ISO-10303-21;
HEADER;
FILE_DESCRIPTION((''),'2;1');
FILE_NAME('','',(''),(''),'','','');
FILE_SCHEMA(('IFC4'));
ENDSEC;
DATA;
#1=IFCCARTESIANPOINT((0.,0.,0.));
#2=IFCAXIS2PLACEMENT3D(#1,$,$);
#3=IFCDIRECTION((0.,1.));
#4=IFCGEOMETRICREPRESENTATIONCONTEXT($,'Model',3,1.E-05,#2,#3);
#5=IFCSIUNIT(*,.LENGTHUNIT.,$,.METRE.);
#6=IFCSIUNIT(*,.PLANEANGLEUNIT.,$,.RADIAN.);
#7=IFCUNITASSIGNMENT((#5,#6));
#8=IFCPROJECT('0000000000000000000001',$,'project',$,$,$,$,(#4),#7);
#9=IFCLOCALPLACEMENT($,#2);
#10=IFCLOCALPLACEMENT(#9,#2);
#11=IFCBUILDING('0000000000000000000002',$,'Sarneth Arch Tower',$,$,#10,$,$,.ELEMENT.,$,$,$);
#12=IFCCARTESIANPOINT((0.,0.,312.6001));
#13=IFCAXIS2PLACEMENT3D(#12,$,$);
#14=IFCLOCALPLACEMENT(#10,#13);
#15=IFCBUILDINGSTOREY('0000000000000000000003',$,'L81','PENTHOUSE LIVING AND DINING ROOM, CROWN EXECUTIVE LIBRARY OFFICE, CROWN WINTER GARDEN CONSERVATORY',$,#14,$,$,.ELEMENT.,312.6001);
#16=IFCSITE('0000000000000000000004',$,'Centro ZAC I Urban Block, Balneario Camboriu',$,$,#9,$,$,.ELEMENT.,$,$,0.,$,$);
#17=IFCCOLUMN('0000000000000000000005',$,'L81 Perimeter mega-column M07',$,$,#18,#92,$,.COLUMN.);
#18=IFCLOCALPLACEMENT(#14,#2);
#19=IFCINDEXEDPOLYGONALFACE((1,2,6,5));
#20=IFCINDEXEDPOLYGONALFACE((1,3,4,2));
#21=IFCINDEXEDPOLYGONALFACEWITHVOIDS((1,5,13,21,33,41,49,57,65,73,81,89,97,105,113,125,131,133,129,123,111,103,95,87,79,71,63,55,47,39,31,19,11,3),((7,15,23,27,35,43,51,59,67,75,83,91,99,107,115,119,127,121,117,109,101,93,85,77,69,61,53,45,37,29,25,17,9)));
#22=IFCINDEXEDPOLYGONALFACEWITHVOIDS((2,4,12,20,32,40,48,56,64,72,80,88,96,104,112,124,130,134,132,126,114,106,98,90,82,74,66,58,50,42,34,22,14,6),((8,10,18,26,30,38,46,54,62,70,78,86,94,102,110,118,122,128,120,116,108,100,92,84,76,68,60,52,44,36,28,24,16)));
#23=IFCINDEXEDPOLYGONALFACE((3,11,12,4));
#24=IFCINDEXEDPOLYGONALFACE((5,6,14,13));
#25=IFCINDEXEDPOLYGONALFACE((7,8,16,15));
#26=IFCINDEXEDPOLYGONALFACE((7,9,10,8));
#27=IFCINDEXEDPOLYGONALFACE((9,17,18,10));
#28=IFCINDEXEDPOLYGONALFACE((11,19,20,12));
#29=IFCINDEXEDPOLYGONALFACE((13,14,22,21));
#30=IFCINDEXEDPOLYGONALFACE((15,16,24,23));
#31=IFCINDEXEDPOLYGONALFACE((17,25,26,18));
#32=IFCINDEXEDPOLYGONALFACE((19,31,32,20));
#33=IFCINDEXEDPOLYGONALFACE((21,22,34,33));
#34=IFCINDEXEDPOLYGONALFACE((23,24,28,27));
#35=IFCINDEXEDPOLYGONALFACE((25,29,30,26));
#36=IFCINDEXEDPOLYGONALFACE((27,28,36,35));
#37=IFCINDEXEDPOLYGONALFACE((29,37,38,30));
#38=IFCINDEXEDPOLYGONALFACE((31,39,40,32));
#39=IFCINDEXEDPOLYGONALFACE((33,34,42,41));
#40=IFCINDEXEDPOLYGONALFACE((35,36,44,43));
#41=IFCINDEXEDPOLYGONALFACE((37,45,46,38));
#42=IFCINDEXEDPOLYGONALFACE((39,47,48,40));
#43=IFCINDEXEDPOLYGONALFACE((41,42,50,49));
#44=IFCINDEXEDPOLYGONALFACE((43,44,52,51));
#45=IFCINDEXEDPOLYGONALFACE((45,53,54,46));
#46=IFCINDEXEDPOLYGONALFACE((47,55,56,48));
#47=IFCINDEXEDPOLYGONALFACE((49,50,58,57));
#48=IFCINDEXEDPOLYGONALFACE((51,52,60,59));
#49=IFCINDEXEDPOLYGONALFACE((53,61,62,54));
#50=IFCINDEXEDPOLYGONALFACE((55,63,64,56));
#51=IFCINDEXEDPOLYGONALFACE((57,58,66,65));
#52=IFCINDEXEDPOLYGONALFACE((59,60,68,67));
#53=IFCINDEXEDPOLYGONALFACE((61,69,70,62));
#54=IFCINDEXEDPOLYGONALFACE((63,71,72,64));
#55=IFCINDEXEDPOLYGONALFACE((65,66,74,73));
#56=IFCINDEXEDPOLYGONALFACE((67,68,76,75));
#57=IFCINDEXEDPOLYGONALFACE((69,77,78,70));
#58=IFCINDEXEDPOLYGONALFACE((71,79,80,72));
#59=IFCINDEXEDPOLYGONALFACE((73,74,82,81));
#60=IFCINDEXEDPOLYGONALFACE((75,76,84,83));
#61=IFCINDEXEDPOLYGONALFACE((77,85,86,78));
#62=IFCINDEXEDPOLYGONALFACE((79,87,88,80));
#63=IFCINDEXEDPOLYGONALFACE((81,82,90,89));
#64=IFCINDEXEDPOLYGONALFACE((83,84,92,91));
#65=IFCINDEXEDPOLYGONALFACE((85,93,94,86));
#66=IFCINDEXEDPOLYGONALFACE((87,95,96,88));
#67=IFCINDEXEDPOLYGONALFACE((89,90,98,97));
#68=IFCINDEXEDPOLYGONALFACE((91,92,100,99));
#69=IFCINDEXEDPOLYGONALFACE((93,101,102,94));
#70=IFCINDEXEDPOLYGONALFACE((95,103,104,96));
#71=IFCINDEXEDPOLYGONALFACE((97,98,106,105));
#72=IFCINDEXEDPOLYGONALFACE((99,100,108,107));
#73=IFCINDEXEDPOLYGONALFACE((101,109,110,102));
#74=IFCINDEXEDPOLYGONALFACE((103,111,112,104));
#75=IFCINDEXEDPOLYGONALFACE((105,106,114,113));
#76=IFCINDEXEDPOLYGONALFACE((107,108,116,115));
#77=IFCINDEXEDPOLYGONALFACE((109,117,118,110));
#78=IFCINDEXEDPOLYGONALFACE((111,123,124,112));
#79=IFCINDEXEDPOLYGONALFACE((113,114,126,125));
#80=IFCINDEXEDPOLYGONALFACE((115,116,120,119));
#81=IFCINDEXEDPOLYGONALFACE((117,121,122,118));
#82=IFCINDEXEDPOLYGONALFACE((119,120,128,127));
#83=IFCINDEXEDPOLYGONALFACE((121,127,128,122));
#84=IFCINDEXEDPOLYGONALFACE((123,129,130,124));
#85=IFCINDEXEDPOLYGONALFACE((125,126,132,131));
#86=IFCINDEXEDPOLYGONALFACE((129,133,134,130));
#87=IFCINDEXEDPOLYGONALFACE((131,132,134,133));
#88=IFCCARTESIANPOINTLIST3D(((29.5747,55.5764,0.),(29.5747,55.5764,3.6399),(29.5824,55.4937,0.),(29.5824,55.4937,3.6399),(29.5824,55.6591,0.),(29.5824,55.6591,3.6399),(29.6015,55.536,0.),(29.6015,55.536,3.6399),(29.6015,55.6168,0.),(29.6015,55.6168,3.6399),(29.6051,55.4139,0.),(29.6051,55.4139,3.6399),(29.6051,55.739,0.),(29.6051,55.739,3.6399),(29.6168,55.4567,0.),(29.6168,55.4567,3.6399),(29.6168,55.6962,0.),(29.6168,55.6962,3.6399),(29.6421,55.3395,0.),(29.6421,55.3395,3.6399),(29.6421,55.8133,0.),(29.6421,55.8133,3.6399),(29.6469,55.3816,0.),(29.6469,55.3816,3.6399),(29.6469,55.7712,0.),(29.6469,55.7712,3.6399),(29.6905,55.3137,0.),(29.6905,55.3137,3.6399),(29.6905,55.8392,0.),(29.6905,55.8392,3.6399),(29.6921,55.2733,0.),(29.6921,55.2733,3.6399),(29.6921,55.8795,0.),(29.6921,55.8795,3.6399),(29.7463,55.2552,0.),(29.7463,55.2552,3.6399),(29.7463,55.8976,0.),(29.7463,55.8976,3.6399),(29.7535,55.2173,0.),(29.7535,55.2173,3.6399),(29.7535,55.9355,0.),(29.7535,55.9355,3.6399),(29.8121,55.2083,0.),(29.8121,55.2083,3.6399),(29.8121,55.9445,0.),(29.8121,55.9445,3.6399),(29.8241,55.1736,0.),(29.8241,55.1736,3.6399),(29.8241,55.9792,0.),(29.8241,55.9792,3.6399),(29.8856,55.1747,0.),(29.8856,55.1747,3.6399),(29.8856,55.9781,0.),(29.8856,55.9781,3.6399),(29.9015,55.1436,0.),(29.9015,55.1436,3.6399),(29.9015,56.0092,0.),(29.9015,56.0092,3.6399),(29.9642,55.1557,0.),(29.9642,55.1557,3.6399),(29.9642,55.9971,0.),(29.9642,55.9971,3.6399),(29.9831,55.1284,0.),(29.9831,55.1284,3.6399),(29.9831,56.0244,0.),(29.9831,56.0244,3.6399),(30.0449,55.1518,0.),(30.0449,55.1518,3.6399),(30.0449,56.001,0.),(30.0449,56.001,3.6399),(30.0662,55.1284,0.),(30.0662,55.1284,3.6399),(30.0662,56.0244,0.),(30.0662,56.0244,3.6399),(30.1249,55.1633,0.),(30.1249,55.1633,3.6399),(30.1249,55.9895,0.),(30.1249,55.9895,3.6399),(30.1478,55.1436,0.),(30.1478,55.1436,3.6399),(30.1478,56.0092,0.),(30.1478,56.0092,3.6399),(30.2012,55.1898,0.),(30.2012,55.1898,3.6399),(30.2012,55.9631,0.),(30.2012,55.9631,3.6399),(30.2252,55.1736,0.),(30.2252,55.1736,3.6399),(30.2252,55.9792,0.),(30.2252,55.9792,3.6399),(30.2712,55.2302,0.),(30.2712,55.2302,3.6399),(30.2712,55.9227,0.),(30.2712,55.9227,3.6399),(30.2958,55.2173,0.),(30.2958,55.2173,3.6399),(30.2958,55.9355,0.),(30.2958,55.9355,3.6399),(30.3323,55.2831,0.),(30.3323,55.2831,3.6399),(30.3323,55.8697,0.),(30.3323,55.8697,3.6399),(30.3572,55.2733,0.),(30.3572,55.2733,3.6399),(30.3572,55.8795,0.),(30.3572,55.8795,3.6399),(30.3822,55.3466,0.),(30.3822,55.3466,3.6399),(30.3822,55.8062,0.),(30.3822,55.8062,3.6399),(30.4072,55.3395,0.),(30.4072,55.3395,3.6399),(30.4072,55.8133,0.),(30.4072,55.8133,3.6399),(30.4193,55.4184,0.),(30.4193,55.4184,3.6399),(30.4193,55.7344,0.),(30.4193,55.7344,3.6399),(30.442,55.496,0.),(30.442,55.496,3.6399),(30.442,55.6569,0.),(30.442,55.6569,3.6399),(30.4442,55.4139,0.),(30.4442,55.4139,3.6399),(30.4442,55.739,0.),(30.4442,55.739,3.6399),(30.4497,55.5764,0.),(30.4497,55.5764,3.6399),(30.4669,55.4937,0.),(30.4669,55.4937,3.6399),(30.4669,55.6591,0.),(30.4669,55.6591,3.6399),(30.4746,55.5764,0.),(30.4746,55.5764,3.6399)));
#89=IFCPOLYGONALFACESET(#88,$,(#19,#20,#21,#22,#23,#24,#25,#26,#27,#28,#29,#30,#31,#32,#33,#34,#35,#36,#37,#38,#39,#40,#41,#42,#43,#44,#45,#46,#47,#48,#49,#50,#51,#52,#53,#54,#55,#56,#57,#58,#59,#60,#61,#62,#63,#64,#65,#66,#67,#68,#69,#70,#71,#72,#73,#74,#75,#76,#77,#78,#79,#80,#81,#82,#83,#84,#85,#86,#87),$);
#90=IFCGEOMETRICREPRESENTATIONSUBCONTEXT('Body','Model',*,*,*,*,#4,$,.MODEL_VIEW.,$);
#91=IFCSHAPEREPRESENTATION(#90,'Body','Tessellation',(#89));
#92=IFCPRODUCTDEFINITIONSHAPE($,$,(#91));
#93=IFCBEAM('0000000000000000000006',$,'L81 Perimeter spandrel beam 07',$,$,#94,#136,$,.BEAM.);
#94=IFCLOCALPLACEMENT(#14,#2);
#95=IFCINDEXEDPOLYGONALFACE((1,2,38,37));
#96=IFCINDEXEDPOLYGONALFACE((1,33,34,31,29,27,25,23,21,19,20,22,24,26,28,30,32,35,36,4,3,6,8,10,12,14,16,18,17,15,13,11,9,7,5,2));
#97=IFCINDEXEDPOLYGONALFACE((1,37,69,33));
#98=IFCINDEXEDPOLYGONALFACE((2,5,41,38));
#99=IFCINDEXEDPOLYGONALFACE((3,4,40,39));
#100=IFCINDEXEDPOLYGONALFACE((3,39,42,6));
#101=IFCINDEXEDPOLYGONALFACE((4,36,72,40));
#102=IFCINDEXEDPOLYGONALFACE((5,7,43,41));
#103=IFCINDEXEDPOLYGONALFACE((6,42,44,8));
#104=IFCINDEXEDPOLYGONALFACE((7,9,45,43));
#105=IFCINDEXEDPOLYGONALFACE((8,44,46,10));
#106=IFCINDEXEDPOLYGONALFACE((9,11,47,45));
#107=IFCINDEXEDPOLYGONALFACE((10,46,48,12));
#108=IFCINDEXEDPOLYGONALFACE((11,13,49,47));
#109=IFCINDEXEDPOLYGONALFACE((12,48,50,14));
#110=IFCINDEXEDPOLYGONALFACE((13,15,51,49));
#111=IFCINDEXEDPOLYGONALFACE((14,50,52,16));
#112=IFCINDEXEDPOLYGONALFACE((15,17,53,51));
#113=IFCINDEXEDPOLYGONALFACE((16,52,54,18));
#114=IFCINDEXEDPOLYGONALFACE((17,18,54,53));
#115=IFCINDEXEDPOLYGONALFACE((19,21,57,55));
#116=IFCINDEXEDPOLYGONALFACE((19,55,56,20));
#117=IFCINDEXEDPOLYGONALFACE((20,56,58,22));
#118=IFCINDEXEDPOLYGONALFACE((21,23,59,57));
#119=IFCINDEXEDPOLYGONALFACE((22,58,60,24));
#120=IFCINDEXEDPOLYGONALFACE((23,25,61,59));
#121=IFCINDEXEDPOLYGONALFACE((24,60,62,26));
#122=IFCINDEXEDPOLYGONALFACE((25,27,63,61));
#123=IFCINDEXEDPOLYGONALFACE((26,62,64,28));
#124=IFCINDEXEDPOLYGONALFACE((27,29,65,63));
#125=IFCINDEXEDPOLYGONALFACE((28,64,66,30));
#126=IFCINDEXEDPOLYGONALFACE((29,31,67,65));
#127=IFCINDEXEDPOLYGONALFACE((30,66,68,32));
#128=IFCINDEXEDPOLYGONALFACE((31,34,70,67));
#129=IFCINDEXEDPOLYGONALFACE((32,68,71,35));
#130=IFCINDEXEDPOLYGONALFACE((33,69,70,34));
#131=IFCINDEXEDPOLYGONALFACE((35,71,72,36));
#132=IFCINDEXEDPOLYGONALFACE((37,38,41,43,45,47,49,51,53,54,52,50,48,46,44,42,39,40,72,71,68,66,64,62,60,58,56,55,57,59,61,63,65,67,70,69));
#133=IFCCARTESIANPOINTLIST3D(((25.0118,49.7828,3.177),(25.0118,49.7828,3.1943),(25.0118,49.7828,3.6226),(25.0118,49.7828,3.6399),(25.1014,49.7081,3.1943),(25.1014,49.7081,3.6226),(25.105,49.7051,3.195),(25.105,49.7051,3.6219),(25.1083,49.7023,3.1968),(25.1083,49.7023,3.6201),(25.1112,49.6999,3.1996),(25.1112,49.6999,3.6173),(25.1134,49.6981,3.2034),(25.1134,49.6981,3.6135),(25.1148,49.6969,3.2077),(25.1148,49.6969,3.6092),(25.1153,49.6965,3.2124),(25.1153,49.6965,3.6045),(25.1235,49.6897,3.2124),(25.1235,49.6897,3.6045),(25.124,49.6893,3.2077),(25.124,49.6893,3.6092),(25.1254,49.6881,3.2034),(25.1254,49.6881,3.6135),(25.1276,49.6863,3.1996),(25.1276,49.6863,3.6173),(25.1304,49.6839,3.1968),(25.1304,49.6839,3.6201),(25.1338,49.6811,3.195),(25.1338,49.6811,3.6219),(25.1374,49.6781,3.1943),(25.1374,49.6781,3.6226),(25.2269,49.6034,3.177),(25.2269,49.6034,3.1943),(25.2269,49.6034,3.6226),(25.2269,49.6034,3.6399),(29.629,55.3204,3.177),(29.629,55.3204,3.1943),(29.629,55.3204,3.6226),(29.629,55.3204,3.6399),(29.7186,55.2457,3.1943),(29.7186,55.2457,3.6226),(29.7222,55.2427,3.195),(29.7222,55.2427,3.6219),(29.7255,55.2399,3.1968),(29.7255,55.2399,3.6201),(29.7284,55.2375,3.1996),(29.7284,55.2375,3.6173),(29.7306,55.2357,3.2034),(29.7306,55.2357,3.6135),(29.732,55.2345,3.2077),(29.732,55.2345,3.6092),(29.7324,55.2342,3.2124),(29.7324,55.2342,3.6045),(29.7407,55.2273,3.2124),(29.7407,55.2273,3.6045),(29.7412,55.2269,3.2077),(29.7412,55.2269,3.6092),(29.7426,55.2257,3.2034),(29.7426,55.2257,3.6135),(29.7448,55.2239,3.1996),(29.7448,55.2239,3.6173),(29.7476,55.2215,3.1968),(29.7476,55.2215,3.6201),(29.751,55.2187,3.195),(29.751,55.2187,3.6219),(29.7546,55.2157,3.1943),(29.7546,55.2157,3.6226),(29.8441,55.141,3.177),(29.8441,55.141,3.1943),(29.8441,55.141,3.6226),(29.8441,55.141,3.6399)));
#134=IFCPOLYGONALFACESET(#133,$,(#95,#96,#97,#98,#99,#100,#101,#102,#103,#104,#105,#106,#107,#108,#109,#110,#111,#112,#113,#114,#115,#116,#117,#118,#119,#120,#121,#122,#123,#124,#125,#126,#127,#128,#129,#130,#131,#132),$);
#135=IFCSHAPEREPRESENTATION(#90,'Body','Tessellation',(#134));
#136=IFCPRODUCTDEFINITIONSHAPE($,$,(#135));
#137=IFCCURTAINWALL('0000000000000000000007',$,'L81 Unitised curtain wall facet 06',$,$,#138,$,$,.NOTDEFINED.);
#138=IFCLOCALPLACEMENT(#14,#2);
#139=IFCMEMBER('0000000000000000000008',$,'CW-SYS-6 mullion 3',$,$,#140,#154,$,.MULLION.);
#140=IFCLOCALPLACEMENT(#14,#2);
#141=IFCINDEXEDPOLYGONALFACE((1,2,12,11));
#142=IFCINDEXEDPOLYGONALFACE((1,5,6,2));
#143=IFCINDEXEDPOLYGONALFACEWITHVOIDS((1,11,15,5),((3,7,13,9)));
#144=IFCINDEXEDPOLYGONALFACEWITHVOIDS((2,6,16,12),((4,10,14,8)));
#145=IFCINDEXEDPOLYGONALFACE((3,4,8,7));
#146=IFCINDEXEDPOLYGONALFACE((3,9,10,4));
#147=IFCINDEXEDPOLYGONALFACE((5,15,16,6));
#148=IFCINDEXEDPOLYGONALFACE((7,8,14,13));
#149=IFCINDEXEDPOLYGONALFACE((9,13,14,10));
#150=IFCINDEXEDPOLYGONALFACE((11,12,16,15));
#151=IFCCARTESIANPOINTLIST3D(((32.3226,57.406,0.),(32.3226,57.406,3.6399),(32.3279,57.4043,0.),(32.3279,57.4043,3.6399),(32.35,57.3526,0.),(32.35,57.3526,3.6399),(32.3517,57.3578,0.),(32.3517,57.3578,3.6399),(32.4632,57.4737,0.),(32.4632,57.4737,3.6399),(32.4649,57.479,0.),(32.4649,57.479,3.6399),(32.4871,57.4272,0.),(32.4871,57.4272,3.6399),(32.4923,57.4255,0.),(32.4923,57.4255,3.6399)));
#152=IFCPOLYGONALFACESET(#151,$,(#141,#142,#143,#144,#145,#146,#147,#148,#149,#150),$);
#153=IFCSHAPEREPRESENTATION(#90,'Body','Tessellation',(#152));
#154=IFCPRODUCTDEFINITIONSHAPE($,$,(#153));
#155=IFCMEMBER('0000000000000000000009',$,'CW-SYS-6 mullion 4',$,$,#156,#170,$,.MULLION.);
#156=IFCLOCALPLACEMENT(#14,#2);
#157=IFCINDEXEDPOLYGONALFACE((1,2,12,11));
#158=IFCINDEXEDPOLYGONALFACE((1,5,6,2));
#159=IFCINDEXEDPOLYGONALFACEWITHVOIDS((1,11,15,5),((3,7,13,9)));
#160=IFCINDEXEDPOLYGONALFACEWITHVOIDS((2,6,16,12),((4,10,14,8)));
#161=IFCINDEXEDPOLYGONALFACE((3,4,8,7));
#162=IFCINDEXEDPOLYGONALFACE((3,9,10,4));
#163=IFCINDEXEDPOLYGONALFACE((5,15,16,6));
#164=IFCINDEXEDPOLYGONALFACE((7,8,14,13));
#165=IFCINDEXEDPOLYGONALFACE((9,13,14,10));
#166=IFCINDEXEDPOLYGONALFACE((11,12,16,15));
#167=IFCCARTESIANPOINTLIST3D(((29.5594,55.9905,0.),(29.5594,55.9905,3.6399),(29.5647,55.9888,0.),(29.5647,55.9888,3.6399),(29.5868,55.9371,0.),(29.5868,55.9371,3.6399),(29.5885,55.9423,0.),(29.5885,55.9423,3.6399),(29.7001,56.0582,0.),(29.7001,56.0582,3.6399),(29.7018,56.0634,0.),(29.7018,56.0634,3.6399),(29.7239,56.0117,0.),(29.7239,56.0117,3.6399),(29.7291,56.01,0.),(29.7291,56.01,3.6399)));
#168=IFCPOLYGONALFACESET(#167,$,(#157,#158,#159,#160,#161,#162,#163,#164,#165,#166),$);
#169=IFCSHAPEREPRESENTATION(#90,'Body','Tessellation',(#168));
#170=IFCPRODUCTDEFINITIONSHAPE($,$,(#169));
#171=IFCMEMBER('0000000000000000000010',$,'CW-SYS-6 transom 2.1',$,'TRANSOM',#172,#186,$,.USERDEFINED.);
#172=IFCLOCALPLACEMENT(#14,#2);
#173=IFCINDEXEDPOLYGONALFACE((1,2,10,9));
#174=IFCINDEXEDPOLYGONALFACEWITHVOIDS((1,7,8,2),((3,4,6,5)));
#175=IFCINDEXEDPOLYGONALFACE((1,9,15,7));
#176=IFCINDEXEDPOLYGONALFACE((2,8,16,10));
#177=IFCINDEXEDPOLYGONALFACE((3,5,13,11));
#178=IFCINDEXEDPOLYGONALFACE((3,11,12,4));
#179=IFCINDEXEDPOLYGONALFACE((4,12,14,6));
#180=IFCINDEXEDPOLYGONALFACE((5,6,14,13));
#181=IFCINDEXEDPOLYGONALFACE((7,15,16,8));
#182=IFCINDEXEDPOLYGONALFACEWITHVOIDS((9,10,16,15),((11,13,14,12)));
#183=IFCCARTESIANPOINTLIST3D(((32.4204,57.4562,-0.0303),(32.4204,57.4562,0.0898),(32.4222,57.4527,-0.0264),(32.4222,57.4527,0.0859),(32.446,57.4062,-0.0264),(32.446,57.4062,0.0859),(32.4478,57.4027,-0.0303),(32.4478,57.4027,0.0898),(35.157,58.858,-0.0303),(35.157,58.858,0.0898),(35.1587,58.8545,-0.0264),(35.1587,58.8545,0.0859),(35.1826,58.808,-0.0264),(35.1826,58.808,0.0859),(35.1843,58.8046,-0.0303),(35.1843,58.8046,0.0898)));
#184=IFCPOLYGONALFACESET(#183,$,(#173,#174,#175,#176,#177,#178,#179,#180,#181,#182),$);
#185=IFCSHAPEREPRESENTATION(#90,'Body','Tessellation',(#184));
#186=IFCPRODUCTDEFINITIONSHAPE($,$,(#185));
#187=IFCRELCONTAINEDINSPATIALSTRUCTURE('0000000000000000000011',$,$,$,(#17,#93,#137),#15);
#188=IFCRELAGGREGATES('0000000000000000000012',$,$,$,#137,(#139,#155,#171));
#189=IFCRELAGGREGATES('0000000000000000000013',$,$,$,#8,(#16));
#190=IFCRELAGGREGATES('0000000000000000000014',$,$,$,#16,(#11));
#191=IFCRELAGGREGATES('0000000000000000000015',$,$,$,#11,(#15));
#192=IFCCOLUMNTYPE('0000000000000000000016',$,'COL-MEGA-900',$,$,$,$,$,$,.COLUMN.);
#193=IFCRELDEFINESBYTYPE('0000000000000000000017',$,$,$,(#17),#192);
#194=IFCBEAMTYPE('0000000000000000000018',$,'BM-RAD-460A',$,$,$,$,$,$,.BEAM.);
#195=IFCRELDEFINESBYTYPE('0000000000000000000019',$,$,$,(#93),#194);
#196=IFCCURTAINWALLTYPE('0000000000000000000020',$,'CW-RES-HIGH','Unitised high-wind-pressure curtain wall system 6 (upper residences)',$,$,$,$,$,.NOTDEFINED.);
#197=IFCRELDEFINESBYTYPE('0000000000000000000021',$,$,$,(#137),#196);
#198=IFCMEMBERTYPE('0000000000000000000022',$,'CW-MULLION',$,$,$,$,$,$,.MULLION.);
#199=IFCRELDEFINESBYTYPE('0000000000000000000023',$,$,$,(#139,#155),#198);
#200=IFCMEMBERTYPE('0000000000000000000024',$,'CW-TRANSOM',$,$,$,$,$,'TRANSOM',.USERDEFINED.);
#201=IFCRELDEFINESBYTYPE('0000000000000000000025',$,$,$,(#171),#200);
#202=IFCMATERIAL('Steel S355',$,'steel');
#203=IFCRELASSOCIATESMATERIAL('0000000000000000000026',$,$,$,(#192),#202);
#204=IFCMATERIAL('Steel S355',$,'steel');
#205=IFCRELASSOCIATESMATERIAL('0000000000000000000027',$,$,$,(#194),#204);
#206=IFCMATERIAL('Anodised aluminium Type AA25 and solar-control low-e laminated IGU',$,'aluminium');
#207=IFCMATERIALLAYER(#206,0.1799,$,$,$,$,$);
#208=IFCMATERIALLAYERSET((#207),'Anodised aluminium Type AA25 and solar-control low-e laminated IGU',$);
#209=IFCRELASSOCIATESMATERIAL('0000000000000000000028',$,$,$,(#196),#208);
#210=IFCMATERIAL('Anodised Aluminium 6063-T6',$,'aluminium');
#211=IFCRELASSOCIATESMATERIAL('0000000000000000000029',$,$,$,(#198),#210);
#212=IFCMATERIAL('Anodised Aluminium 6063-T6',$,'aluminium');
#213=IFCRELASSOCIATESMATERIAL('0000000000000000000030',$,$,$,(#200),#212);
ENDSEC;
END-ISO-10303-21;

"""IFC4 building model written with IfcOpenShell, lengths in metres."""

from ifc_helpers import new_model, si_unit, direction, frame, origin, origin_2d, place, context, subcontext, project, spatial, hollow_rectangle, hollow_circle, i_section, extrude, material, layer, layer_set, material_profile, profile_set, type_object, element, aggregate, save


model = new_model("IFC4")

# Units and contexts
model_context = context("Model", 3, precision=1e-05, world=origin(), true_north=direction((0.0, 1.0)))
body_context = subcontext(model_context, "Body", "Model", "MODEL_VIEW")
ifc_project = project(units=[si_unit("LENGTHUNIT", "METRE"), si_unit("PLANEANGLEUNIT", "RADIAN")], contexts=[model_context])

# Site, building, storey
site_placement = place(None, origin())
site = spatial("IfcSite", under=ifc_project, at=site_placement, Name="Centro ZAC I Urban Block, Balneario Camboriu", CompositionType="ELEMENT", RefElevation=0.0)
building_placement = place(site_placement, origin())
building = spatial("IfcBuilding", under=site, at=building_placement, Name="Sarneth Arch Tower", CompositionType="ELEMENT")
storey_placement = place(building_placement, frame((0.0, 0.0, 312.6001)))
storey = spatial("IfcBuildingStorey", under=building, at=storey_placement, Name="L81", Description="PENTHOUSE LIVING AND DINING ROOM, CROWN EXECUTIVE LIBRARY OFFICE, CROWN WINTER GARDEN CONSERVATORY", CompositionType="ELEMENT", Elevation=312.6001)

# Column
ifc_material_1 = material(Name="Steel S355", Category="steel")
ifc_material_profile_1 = material_profile(ifc_material_1, hollow_circle(Radius=0.45, WallThickness=0.0249, at=origin_2d()), Name="CHS900x25")
ifc_profile_set_1 = profile_set([ifc_material_profile_1], Name="Steel S355")
column_type = type_object("IfcColumnType", Name="COL-MEGA-900", PredefinedType="COLUMN", material=ifc_profile_set_1)
column_placement = place(storey_placement, frame((30.0247, 55.5764, 0.0), z_axis=(0.0, 0.0, 1.0), x_axis=(1.0, 0.0, 0.0)))
element("IfcColumn", 1, at=column_placement, inside=storey, type_object=column_type, Name="L81 Perimeter mega-column M07", PredefinedType="COLUMN", context=body_context, shape_type="SweptSolid", body=[
    extrude(hollow_circle(Radius=0.45, WallThickness=0.0249, at=origin_2d()), origin(), (0.0, 0.0, 1.0), 3.6399),
])

# Beam
ifc_material_2 = material(Name="Steel S355", Category="steel")
ifc_material_profile_2 = material_profile(ifc_material_2, i_section(OverallWidth=0.28, OverallDepth=0.4629, WebThickness=0.0107, FlangeThickness=0.0173, FilletRadius=0.0181, at=origin_2d()), Name="W460x113")
ifc_profile_set_2 = profile_set([ifc_material_profile_2], Name="Steel S355")
beam_type = type_object("IfcBeamType", Name="BM-RAD-460A", PredefinedType="BEAM", material=ifc_profile_set_2)
beam_placement = place(storey_placement, frame((29.7366, 55.2307, 3.4084), z_axis=(-0.640391, -0.768049, 0.0), x_axis=(0.768049, -0.640391, 0.0)))
element("IfcBeam", 2, at=beam_placement, inside=storey, type_object=beam_type, Name="L81 Perimeter spandrel beam 07", PredefinedType="BEAM", context=body_context, shape_type="SweptSolid", body=[
    extrude(i_section(OverallWidth=0.28, OverallDepth=0.4629, WebThickness=0.0107, FlangeThickness=0.0173, FilletRadius=0.0181, at=origin_2d()), origin(), (0.0, 0.0, 1.0), 7.21),
])

# Curtain wall, members
ifc_material_3 = material(Name="Anodised aluminium Type AA25 and solar-control low-e laminated IGU", Category="aluminium")
ifc_layer_1 = layer(ifc_material_3, 0.1799)
ifc_layer_set_1 = layer_set([ifc_layer_1], Name="Anodised aluminium Type AA25 and solar-control low-e laminated IGU")
curtain_wall_type = type_object("IfcCurtainWallType", Name="CW-RES-HIGH", Description="Unitised high-wind-pressure curtain wall system 6 (upper residences)", PredefinedType="NOTDEFINED", material=ifc_layer_set_1)
curtain_wall_placement = place(storey_placement, origin())
curtain_wall = element("IfcCurtainWall", 3, at=curtain_wall_placement, inside=storey, type_object=curtain_wall_type, Name="L81 Unitised curtain wall facet 06", PredefinedType="NOTDEFINED")
ifc_material_4 = material(Name="Anodised Aluminium 6063-T6", Category="aluminium")
ifc_material_profile_3 = material_profile(ifc_material_4, hollow_rectangle(XDim=0.0601, YDim=0.1599, WallThickness=0.0039, at=origin_2d()), Name="AL-MULL-160x60x4")
ifc_profile_set_3 = profile_set([ifc_material_profile_3], Name="Anodised Aluminium 6063-T6")
member_type_1 = type_object("IfcMemberType", Name="CW-MULLION", PredefinedType="MULLION", material=ifc_profile_set_3)
member_1_placement = place(storey_placement, frame((32.4075, 57.4158, 0.0), z_axis=(0.0, 0.0, 1.0), x_axis=(0.455942, -0.89001, 0.0)))
member_1 = element("IfcMember", 4, at=member_1_placement, type_object=member_type_1, Name="CW-SYS-6 mullion 3", PredefinedType="MULLION", context=body_context, shape_type="SweptSolid", body=[
    extrude(hollow_rectangle(XDim=0.0601, YDim=0.1599, WallThickness=0.0039, at=origin_2d()), origin(), (0.0, 0.0, 1.0), 3.6399),
])
member_2_placement = place(storey_placement, frame((29.6443, 56.0002, 0.0), z_axis=(0.0, 0.0, 1.0), x_axis=(0.455942, -0.89001, 0.0)))
member_2 = element("IfcMember", 5, at=member_2_placement, type_object=member_type_1, Name="CW-SYS-6 mullion 4", PredefinedType="MULLION", context=body_context, shape_type="SweptSolid", body=[
    extrude(hollow_rectangle(XDim=0.0601, YDim=0.1599, WallThickness=0.0039, at=origin_2d()), origin(), (0.0, 0.0, 1.0), 3.6399),
])
ifc_material_5 = material(Name="Anodised Aluminium 6063-T6", Category="aluminium")
ifc_material_profile_4 = material_profile(ifc_material_5, hollow_rectangle(XDim=0.0601, YDim=0.1201, WallThickness=0.0039, at=origin_2d()), Name="AL-TRAN-120x60x4")
ifc_profile_set_4 = profile_set([ifc_material_profile_4], Name="Anodised Aluminium 6063-T6")
member_type_2 = type_object("IfcMemberType", Name="CW-TRANSOM", ElementType="TRANSOM", PredefinedType="USERDEFINED", material=ifc_profile_set_4)
member_3_placement = place(storey_placement, frame((35.1707, 58.8313, 0.0298), z_axis=(-0.890017, -0.455926, 0.0), x_axis=(0.455926, -0.890017, 0.0)))
member_3 = element("IfcMember", 6, at=member_3_placement, type_object=member_type_2, Name="CW-SYS-6 transom 2.1", ObjectType="TRANSOM", PredefinedType="USERDEFINED", context=body_context, shape_type="SweptSolid", body=[
    extrude(hollow_rectangle(XDim=0.0601, YDim=0.1201, WallThickness=0.0039, at=origin_2d()), origin(), (0.0, 0.0, 1.0), 3.0747),
])
aggregate(curtain_wall, [member_1, member_2, member_3])

save(model, "model.ifc")
